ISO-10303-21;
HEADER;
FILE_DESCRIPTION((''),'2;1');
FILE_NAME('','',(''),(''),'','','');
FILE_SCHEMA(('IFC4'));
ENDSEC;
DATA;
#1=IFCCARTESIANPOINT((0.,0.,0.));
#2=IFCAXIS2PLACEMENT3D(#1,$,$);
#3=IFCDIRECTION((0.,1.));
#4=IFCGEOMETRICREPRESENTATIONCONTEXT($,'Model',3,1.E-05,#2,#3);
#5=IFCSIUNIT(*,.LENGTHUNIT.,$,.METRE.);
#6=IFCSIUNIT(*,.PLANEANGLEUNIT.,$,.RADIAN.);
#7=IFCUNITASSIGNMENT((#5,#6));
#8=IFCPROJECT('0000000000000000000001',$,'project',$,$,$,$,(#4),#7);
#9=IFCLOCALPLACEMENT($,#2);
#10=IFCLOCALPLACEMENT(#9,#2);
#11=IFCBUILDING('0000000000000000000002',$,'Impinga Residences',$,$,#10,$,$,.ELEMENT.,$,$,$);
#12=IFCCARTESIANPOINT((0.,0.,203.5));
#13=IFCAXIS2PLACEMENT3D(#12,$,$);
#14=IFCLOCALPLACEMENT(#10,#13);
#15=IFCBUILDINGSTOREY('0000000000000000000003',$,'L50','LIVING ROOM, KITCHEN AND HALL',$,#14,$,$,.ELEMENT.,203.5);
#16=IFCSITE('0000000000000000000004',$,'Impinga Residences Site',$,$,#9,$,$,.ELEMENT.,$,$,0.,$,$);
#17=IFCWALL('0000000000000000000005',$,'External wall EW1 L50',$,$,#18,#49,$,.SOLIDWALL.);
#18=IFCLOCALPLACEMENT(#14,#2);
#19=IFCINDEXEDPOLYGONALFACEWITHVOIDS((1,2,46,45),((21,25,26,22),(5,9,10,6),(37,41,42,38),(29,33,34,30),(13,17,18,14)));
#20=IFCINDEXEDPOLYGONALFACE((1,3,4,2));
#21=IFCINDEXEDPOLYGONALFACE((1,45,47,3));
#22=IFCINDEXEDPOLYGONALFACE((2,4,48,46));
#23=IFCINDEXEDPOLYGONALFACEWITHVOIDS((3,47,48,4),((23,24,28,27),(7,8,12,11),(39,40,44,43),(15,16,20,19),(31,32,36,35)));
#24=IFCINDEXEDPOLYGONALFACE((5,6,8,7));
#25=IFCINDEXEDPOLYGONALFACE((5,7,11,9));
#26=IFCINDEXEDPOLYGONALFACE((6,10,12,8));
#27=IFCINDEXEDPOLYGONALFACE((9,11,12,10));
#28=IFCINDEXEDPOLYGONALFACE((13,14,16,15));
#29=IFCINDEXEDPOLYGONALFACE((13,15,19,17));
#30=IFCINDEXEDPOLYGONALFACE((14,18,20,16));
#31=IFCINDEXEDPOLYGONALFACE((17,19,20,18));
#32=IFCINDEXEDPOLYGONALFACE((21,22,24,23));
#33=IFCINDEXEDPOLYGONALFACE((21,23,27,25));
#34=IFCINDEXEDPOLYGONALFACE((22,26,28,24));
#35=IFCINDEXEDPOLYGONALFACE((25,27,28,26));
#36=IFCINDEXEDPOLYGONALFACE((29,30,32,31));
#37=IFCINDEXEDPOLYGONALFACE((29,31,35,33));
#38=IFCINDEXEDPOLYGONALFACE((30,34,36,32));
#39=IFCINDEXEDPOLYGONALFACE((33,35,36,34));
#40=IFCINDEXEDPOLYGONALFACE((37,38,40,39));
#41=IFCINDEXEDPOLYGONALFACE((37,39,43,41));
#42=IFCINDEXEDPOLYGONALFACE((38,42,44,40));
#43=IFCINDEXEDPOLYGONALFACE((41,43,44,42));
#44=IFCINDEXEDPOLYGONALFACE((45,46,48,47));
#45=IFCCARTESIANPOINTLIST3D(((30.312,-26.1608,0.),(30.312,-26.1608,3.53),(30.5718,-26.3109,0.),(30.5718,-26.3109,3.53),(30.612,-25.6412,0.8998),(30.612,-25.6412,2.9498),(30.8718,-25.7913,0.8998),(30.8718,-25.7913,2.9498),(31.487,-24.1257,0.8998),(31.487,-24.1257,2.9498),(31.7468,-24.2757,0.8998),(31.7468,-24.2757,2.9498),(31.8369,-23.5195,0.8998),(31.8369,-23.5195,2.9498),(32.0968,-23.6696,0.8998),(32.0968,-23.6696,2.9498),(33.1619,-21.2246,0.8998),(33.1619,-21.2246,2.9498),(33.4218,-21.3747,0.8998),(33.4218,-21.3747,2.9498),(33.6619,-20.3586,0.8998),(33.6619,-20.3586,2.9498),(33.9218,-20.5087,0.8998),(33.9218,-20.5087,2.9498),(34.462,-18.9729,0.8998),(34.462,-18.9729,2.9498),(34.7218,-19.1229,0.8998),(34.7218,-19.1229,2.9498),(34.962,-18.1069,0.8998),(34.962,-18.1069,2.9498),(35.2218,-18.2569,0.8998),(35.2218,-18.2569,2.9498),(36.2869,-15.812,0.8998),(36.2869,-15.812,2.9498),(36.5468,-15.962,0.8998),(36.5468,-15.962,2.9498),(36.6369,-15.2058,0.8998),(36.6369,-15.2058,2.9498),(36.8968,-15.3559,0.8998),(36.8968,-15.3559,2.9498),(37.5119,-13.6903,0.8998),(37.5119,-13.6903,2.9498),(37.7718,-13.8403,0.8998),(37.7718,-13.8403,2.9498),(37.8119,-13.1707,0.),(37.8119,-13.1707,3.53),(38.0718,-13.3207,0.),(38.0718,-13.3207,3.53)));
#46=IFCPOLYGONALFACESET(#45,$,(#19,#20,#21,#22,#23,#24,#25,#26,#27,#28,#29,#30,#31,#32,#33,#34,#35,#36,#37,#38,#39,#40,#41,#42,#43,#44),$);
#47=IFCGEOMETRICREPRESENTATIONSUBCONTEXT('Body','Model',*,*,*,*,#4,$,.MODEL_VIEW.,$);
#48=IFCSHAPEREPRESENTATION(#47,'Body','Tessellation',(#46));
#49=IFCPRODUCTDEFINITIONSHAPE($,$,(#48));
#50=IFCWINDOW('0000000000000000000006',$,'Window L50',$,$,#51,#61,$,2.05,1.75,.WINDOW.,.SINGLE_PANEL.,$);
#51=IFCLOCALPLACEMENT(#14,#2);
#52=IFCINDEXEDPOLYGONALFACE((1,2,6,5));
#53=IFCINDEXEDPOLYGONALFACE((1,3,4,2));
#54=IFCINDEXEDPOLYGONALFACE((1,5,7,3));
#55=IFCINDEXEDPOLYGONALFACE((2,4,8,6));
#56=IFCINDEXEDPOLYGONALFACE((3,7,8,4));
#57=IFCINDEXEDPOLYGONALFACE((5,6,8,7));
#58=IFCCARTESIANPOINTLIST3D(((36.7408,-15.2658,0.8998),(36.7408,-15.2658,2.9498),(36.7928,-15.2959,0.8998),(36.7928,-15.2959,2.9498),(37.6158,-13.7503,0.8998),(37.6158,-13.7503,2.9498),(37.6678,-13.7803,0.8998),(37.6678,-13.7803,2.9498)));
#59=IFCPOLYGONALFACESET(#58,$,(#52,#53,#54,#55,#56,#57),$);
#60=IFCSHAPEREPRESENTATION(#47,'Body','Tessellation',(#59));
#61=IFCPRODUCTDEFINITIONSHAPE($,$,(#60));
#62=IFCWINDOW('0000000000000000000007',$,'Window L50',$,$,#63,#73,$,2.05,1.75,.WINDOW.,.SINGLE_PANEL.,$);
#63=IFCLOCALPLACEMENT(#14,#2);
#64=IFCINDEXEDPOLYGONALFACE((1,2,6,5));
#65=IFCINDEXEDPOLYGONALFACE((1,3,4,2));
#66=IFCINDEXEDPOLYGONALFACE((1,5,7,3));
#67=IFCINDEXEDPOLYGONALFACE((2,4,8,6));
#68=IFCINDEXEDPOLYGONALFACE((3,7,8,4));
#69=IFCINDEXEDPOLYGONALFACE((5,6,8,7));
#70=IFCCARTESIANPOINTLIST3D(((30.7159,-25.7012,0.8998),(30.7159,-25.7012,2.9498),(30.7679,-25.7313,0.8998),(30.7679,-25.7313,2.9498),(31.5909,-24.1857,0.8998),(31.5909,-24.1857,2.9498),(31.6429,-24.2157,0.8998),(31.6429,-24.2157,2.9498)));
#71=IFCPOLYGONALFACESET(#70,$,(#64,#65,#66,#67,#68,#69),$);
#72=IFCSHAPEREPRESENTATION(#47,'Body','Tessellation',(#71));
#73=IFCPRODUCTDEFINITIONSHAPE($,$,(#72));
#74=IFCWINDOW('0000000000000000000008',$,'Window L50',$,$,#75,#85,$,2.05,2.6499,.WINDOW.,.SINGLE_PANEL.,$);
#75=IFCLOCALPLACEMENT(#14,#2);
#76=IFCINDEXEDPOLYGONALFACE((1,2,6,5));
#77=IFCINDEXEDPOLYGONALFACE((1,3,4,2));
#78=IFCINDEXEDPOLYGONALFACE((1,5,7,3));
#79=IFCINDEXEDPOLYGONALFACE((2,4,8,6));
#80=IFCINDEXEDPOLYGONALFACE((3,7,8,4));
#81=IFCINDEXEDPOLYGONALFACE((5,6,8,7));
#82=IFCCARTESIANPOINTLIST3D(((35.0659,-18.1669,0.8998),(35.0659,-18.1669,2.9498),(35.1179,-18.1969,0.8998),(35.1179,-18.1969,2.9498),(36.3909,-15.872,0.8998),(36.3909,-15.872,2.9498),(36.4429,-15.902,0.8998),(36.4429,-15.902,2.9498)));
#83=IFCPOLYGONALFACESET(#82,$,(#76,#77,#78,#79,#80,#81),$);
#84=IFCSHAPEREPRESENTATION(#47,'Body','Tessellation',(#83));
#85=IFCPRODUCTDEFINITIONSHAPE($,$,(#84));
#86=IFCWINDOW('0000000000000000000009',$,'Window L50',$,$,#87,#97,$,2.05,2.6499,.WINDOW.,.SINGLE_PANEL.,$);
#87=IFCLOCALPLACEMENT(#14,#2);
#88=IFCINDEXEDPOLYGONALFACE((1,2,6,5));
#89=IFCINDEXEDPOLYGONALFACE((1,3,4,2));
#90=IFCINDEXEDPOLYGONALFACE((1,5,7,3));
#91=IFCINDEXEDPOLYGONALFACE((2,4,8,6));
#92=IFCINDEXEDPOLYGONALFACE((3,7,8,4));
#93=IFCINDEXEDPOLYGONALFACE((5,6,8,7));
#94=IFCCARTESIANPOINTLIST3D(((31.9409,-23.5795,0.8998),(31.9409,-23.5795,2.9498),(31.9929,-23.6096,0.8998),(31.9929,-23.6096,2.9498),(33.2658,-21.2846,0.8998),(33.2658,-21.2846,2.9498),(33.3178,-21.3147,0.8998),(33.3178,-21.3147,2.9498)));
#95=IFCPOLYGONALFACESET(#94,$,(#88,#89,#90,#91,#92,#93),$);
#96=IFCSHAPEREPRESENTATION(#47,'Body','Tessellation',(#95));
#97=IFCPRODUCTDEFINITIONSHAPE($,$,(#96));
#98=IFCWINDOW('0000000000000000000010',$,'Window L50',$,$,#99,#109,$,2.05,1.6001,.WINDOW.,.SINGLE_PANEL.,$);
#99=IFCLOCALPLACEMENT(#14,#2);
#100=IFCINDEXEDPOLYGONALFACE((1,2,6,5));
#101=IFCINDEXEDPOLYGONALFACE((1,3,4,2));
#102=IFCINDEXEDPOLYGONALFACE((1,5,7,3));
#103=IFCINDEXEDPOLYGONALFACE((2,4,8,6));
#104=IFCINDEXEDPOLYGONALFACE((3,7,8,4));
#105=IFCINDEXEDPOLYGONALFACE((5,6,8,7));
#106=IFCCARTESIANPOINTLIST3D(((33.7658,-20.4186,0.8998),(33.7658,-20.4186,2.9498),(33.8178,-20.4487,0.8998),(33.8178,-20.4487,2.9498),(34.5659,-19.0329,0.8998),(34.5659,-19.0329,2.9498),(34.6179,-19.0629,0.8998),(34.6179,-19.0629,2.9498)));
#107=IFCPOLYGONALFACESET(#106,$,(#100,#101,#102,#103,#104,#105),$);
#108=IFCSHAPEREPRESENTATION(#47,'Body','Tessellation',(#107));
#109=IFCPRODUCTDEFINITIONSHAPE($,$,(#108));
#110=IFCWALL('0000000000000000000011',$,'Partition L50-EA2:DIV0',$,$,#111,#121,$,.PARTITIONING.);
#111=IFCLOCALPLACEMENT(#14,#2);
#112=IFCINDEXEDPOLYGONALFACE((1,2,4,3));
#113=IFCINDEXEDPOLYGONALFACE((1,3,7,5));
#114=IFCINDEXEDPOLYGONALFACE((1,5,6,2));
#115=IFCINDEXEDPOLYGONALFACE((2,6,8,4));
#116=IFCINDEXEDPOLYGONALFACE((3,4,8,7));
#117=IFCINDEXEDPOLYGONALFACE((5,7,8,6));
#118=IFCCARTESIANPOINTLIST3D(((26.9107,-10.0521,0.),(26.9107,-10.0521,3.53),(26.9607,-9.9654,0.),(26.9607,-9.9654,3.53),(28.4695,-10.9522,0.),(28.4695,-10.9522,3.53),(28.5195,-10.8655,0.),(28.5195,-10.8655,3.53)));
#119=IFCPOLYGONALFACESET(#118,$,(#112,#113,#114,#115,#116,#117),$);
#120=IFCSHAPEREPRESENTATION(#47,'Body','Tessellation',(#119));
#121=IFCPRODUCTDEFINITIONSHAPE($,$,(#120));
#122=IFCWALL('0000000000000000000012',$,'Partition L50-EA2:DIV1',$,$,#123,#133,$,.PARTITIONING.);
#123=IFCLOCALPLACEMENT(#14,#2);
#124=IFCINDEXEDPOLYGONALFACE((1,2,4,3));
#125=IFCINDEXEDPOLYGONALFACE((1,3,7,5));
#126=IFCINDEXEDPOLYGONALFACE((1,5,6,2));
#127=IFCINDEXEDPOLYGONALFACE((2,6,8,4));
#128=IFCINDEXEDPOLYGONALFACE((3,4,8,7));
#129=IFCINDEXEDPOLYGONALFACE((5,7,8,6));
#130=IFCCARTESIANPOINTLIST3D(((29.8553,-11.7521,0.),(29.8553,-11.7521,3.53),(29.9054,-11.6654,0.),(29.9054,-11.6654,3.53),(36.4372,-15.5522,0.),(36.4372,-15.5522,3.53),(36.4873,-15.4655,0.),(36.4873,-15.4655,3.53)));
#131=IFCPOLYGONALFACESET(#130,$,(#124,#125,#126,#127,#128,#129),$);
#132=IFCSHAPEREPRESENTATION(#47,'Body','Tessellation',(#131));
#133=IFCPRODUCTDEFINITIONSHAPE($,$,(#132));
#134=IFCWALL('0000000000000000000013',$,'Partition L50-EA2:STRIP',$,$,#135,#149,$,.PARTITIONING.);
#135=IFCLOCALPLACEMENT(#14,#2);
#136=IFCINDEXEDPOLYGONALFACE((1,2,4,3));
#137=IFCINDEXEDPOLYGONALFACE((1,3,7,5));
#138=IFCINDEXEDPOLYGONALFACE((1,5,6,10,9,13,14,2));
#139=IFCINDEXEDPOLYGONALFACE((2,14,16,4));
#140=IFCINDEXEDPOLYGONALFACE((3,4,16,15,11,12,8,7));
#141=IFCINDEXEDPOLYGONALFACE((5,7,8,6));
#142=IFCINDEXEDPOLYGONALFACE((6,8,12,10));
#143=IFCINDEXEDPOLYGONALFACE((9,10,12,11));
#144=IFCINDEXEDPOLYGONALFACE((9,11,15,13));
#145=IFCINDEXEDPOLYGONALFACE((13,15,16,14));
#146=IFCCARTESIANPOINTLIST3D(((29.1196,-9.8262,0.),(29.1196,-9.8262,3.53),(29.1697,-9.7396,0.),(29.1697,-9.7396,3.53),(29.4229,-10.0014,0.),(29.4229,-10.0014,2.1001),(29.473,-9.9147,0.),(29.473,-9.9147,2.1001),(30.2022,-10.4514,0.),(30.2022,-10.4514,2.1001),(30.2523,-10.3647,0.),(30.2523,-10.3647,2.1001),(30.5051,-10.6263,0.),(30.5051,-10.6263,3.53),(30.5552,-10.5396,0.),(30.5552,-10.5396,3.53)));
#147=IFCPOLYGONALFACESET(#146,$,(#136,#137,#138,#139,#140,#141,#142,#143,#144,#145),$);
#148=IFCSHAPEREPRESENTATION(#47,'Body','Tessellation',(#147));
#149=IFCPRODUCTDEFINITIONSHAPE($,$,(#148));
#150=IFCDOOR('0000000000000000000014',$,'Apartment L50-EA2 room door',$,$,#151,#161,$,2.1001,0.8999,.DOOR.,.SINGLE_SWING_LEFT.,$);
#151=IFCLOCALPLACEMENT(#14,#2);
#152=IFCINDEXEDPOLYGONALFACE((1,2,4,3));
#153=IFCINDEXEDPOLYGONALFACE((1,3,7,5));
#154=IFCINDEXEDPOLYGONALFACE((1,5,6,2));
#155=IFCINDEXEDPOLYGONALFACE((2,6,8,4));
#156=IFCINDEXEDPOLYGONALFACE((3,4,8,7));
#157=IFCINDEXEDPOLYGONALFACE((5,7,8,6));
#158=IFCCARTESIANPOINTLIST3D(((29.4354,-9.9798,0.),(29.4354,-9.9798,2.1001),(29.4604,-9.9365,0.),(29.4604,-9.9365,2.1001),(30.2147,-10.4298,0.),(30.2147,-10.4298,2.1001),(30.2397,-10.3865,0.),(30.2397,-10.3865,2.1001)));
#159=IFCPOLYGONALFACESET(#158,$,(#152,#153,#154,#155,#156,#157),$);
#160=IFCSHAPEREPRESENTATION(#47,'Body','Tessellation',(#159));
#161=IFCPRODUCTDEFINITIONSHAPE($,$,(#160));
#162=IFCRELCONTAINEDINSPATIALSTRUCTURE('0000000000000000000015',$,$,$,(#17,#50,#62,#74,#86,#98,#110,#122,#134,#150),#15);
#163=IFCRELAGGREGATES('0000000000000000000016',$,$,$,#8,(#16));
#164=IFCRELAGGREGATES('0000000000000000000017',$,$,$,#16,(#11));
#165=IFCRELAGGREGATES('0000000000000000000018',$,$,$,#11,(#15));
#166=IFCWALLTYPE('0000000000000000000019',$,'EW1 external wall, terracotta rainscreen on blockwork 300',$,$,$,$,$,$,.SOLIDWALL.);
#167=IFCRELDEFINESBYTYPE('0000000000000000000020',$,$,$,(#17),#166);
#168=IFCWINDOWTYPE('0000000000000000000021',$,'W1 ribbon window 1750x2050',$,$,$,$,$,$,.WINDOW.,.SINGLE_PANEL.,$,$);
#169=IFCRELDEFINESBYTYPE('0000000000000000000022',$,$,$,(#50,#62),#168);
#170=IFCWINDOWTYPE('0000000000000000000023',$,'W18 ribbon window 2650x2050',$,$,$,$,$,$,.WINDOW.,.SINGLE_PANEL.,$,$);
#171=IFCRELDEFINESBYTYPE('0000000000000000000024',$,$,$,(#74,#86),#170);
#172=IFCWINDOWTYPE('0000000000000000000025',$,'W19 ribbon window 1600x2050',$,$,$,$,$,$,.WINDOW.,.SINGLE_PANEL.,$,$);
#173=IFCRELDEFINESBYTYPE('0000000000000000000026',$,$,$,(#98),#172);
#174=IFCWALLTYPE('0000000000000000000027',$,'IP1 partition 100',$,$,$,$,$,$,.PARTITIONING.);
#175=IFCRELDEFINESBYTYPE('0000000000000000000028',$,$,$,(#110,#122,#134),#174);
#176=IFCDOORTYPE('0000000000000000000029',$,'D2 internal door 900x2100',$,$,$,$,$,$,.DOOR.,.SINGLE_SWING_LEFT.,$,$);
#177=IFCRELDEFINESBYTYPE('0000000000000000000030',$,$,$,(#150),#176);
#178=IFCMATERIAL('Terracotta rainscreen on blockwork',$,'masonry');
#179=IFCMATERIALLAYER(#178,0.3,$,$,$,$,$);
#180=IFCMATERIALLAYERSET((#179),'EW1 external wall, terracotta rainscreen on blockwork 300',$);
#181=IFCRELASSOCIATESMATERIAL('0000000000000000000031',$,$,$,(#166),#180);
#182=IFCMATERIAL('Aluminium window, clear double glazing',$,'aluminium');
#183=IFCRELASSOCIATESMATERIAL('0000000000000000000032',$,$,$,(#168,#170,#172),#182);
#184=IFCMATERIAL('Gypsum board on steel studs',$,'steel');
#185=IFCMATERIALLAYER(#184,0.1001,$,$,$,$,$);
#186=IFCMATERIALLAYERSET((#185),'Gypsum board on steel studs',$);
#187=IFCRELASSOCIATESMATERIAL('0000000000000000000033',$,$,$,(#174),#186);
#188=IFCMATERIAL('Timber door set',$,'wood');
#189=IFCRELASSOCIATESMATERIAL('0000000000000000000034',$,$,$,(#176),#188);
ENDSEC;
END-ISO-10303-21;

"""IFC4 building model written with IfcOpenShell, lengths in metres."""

from ifc_helpers import new_model, si_unit, direction, frame, frame_2d, origin, place, context, subcontext, project, spatial, rectangle, extrude, material, layer, layer_set, type_object, element, fill, save


model = new_model("IFC4")

# Units and contexts
model_context = context("Model", 3, precision=1e-05, world=origin(), true_north=direction((0.0, 1.0)))
body_context = subcontext(model_context, "Body", "Model", "MODEL_VIEW")
ifc_project = project(units=[si_unit("LENGTHUNIT", "METRE"), si_unit("PLANEANGLEUNIT", "RADIAN")], contexts=[model_context])

# Site, building, storey
site_placement = place(None, origin())
site = spatial("IfcSite", under=ifc_project, at=site_placement, Name="Impinga Residences Site", CompositionType="ELEMENT", RefElevation=0.0)
building_placement = place(site_placement, origin())
building = spatial("IfcBuilding", under=site, at=building_placement, Name="Impinga Residences", CompositionType="ELEMENT")
storey_placement = place(building_placement, frame((0.0, 0.0, 203.5)))
storey = spatial("IfcBuildingStorey", under=building, at=storey_placement, Name="L50", Description="LIVING ROOM, KITCHEN AND HALL", CompositionType="ELEMENT", Elevation=203.5)

# Shared definitions
ifc_material_1 = material(Name="Timber door set", Category="wood")

# Shared definitions
ifc_material_2 = material(Name="Terracotta rainscreen on blockwork", Category="masonry")
ifc_layer_1 = layer(ifc_material_2, 0.3)
ifc_layer_set_1 = layer_set([ifc_layer_1], Name="EW1 external wall, terracotta rainscreen on blockwork 300")
wall_type_1 = type_object("IfcWallType", Name="EW1 external wall, terracotta rainscreen on blockwork 300", PredefinedType="SOLIDWALL", material=ifc_layer_set_1)

# Wall, openings, windows
wall_1_placement = place(storey_placement, frame((37.9419, -13.2456, 0.0), z_axis=(0.0, 0.0, 1.0), x_axis=(-0.500004, -0.866023, 0.0)))
wall_1 = element("IfcWall", 1, at=wall_1_placement, inside=storey, type_object=wall_type_1, Name="External wall EW1 L50", PredefinedType="SOLIDWALL", context=body_context, shape_type="SweptSolid", body=[
    extrude(rectangle(XDim=14.9998, YDim=0.3, at=frame_2d((7.5, 0.0))), origin(), (0.0, 0.0, 1.0), 3.53),
])
opening_1_placement = place(wall_1_placement, frame((0.6001, 0.0, 0.8999)))
opening_1 = element("IfcOpeningElement", 2, at=opening_1_placement, cuts=wall_1, PredefinedType="OPENING", context=body_context, shape_type="SweptSolid", body=[
    extrude(rectangle(XDim=1.75, YDim=2.05, at=frame_2d((0.875, 1.0249))), frame((0.0, 0.1599, 0.0), z_axis=(0.0, -1.0, 0.0), x_axis=(1.0, 0.0, 0.0)), (0.0, 0.0, 1.0), 0.3201),
])
opening_2_placement = place(wall_1_placement, frame((3.05, 0.0, 0.8999)))
opening_2 = element("IfcOpeningElement", 3, at=opening_2_placement, cuts=wall_1, PredefinedType="OPENING", context=body_context, shape_type="SweptSolid", body=[
    extrude(rectangle(XDim=2.6499, YDim=2.05, at=frame_2d((1.325, 1.0249))), frame((0.0, 0.1599, 0.0), z_axis=(0.0, -1.0, 0.0), x_axis=(1.0, 0.0, 0.0)), (0.0, 0.0, 1.0), 0.3201),
])
opening_3_placement = place(wall_1_placement, frame((6.7, 0.0, 0.8999)))
opening_3 = element("IfcOpeningElement", 4, at=opening_3_placement, cuts=wall_1, PredefinedType="OPENING", context=body_context, shape_type="SweptSolid", body=[
    extrude(rectangle(XDim=1.6001, YDim=2.05, at=frame_2d((0.8, 1.0249))), frame((0.0, 0.1599, 0.0), z_axis=(0.0, -1.0, 0.0), x_axis=(1.0, 0.0, 0.0)), (0.0, 0.0, 1.0), 0.3201),
])
opening_4_placement = place(wall_1_placement, frame((9.3, 0.0, 0.8999)))
opening_4 = element("IfcOpeningElement", 5, at=opening_4_placement, cuts=wall_1, PredefinedType="OPENING", context=body_context, shape_type="SweptSolid", body=[
    extrude(rectangle(XDim=2.6499, YDim=2.05, at=frame_2d((1.325, 1.0249))), frame((0.0, 0.1599, 0.0), z_axis=(0.0, -1.0, 0.0), x_axis=(1.0, 0.0, 0.0)), (0.0, 0.0, 1.0), 0.3201),
])
opening_5_placement = place(wall_1_placement, frame((12.6499, 0.0, 0.8999)))
opening_5 = element("IfcOpeningElement", 6, at=opening_5_placement, cuts=wall_1, PredefinedType="OPENING", context=body_context, shape_type="SweptSolid", body=[
    extrude(rectangle(XDim=1.75, YDim=2.05, at=frame_2d((0.875, 1.0249))), frame((0.0, 0.1599, 0.0), z_axis=(0.0, -1.0, 0.0), x_axis=(1.0, 0.0, 0.0)), (0.0, 0.0, 1.0), 0.3201),
])
ifc_material_3 = material(Name="Aluminium window, clear double glazing", Category="aluminium")
window_type_1 = type_object("IfcWindowType", Name="W1 ribbon window 1750x2050", PartitioningType="SINGLE_PANEL", PredefinedType="WINDOW", material=ifc_material_3)
window_1_placement = place(opening_1_placement, origin())
window_1 = element("IfcWindow", 7, at=window_1_placement, inside=storey, type_object=window_type_1, Name="Window L50", OverallHeight=2.05, OverallWidth=1.75, PartitioningType="SINGLE_PANEL", PredefinedType="WINDOW", context=body_context, shape_type="SweptSolid", body=[
    extrude(rectangle(XDim=1.75, YDim=2.05, at=frame_2d((0.875, 1.0249))), frame((0.0, 0.03, 0.0), z_axis=(0.0, -1.0, 0.0), x_axis=(1.0, 0.0, 0.0)), (0.0, 0.0, 1.0), 0.0601),
])
fill(opening_1, window_1)
window_2_placement = place(opening_5_placement, origin())
window_2 = element("IfcWindow", 8, at=window_2_placement, inside=storey, type_object=window_type_1, Name="Window L50", OverallHeight=2.05, OverallWidth=1.75, PartitioningType="SINGLE_PANEL", PredefinedType="WINDOW", context=body_context, shape_type="SweptSolid", body=[
    extrude(rectangle(XDim=1.75, YDim=2.05, at=frame_2d((0.875, 1.0249))), frame((0.0, 0.03, 0.0), z_axis=(0.0, -1.0, 0.0), x_axis=(1.0, 0.0, 0.0)), (0.0, 0.0, 1.0), 0.0601),
])
fill(opening_5, window_2)
window_type_2 = type_object("IfcWindowType", Name="W18 ribbon window 2650x2050", PartitioningType="SINGLE_PANEL", PredefinedType="WINDOW", material=ifc_material_3)
window_3_placement = place(opening_2_placement, origin())
window_3 = element("IfcWindow", 9, at=window_3_placement, inside=storey, type_object=window_type_2, Name="Window L50", OverallHeight=2.05, OverallWidth=2.6499, PartitioningType="SINGLE_PANEL", PredefinedType="WINDOW", context=body_context, shape_type="SweptSolid", body=[
    extrude(rectangle(XDim=2.6499, YDim=2.05, at=frame_2d((1.325, 1.0249))), frame((0.0, 0.03, 0.0), z_axis=(0.0, -1.0, 0.0), x_axis=(1.0, 0.0, 0.0)), (0.0, 0.0, 1.0), 0.0601),
])
fill(opening_2, window_3)
window_4_placement = place(opening_4_placement, origin())
window_4 = element("IfcWindow", 10, at=window_4_placement, inside=storey, type_object=window_type_2, Name="Window L50", OverallHeight=2.05, OverallWidth=2.6499, PartitioningType="SINGLE_PANEL", PredefinedType="WINDOW", context=body_context, shape_type="SweptSolid", body=[
    extrude(rectangle(XDim=2.6499, YDim=2.05, at=frame_2d((1.325, 1.0249))), frame((0.0, 0.03, 0.0), z_axis=(0.0, -1.0, 0.0), x_axis=(1.0, 0.0, 0.0)), (0.0, 0.0, 1.0), 0.0601),
])
fill(opening_4, window_4)
window_type_3 = type_object("IfcWindowType", Name="W19 ribbon window 1600x2050", PartitioningType="SINGLE_PANEL", PredefinedType="WINDOW", material=ifc_material_3)
window_5_placement = place(opening_3_placement, origin())
window_5 = element("IfcWindow", 11, at=window_5_placement, inside=storey, type_object=window_type_3, Name="Window L50", OverallHeight=2.05, OverallWidth=1.6001, PartitioningType="SINGLE_PANEL", PredefinedType="WINDOW", context=body_context, shape_type="SweptSolid", body=[
    extrude(rectangle(XDim=1.6001, YDim=2.05, at=frame_2d((0.8, 1.0249))), frame((0.0, 0.03, 0.0), z_axis=(0.0, -1.0, 0.0), x_axis=(1.0, 0.0, 0.0)), (0.0, 0.0, 1.0), 0.0601),
])
fill(opening_3, window_5)

# Walls
ifc_material_4 = material(Name="Gypsum board on steel studs", Category="steel")
ifc_layer_2 = layer(ifc_material_4, 0.1001)
ifc_layer_set_2 = layer_set([ifc_layer_2], Name="Gypsum board on steel studs")
wall_type_2 = type_object("IfcWallType", Name="IP1 partition 100", PredefinedType="PARTITIONING", material=ifc_layer_set_2)
wall_2_placement = place(storey_placement, frame((26.9358, -10.0088, 0.0), z_axis=(0.0, 0.0, 1.0), x_axis=(0.865989, -0.500063, 0.0)))
element("IfcWall", 12, at=wall_2_placement, inside=storey, type_object=wall_type_2, Name="Partition L50-EA2:DIV0", PredefinedType="PARTITIONING", context=body_context, shape_type="SweptSolid", body=[
    extrude(rectangle(XDim=1.8, YDim=0.1001, at=frame_2d((0.8999, 0.0))), origin(), (0.0, 0.0, 1.0), 3.53),
])
wall_3_placement = place(storey_placement, frame((29.8804, -11.7087, 0.0), z_axis=(0.0, 0.0, 1.0), x_axis=(0.866022, -0.500005, 0.0)))
element("IfcWall", 13, at=wall_3_placement, inside=storey, type_object=wall_type_2, Name="Partition L50-EA2:DIV1", PredefinedType="PARTITIONING", context=body_context, shape_type="SweptSolid", body=[
    extrude(rectangle(XDim=7.6001, YDim=0.1001, at=frame_2d((3.8, 0.0))), origin(), (0.0, 0.0, 1.0), 3.53),
])

# Wall, opening, door
wall_4_placement = place(storey_placement, frame((29.1448, -9.783, 0.0), z_axis=(0.0, 0.0, 1.0), x_axis=(0.86599, -0.500061, 0.0)))
wall_4 = element("IfcWall", 14, at=wall_4_placement, inside=storey, type_object=wall_type_2, Name="Partition L50-EA2:STRIP", PredefinedType="PARTITIONING", context=body_context, shape_type="SweptSolid", body=[
    extrude(rectangle(XDim=1.5999, YDim=0.1001, at=frame_2d((0.7998, 0.0))), origin(), (0.0, 0.0, 1.0), 3.53),
])
opening_6_placement = place(wall_4_placement, frame((0.3501, 0.0, 0.0)))
opening_6 = element("IfcOpeningElement", 15, at=opening_6_placement, cuts=wall_4, PredefinedType="OPENING", context=body_context, shape_type="SweptSolid", body=[
    extrude(rectangle(XDim=0.8999, YDim=2.1001, at=frame_2d((0.45, 1.05))), frame((0.0, 0.0601, 0.0), z_axis=(0.0, -1.0, 0.0), x_axis=(1.0, 0.0, 0.0)), (0.0, 0.0, 1.0), 0.1201),
])
door_type_1 = type_object("IfcDoorType", Name="D2 internal door 900x2100", OperationType="SINGLE_SWING_LEFT", PredefinedType="DOOR", material=ifc_material_1)
door_1_placement = place(opening_6_placement, origin())
door_1 = element("IfcDoor", 16, at=door_1_placement, inside=storey, type_object=door_type_1, Name="Apartment L50-EA2 room door", OperationType="SINGLE_SWING_LEFT", OverallHeight=2.1001, OverallWidth=0.8999, PredefinedType="DOOR", context=body_context, shape_type="SweptSolid", body=[
    extrude(rectangle(XDim=0.8999, YDim=2.1001, at=frame_2d((0.45, 1.05))), frame((0.0, 0.0249, 0.0), z_axis=(0.0, -1.0, 0.0), x_axis=(1.0, 0.0, 0.0)), (0.0, 0.0, 1.0), 0.05),
])
fill(opening_6, door_1)

save(model, "model.ifc")
